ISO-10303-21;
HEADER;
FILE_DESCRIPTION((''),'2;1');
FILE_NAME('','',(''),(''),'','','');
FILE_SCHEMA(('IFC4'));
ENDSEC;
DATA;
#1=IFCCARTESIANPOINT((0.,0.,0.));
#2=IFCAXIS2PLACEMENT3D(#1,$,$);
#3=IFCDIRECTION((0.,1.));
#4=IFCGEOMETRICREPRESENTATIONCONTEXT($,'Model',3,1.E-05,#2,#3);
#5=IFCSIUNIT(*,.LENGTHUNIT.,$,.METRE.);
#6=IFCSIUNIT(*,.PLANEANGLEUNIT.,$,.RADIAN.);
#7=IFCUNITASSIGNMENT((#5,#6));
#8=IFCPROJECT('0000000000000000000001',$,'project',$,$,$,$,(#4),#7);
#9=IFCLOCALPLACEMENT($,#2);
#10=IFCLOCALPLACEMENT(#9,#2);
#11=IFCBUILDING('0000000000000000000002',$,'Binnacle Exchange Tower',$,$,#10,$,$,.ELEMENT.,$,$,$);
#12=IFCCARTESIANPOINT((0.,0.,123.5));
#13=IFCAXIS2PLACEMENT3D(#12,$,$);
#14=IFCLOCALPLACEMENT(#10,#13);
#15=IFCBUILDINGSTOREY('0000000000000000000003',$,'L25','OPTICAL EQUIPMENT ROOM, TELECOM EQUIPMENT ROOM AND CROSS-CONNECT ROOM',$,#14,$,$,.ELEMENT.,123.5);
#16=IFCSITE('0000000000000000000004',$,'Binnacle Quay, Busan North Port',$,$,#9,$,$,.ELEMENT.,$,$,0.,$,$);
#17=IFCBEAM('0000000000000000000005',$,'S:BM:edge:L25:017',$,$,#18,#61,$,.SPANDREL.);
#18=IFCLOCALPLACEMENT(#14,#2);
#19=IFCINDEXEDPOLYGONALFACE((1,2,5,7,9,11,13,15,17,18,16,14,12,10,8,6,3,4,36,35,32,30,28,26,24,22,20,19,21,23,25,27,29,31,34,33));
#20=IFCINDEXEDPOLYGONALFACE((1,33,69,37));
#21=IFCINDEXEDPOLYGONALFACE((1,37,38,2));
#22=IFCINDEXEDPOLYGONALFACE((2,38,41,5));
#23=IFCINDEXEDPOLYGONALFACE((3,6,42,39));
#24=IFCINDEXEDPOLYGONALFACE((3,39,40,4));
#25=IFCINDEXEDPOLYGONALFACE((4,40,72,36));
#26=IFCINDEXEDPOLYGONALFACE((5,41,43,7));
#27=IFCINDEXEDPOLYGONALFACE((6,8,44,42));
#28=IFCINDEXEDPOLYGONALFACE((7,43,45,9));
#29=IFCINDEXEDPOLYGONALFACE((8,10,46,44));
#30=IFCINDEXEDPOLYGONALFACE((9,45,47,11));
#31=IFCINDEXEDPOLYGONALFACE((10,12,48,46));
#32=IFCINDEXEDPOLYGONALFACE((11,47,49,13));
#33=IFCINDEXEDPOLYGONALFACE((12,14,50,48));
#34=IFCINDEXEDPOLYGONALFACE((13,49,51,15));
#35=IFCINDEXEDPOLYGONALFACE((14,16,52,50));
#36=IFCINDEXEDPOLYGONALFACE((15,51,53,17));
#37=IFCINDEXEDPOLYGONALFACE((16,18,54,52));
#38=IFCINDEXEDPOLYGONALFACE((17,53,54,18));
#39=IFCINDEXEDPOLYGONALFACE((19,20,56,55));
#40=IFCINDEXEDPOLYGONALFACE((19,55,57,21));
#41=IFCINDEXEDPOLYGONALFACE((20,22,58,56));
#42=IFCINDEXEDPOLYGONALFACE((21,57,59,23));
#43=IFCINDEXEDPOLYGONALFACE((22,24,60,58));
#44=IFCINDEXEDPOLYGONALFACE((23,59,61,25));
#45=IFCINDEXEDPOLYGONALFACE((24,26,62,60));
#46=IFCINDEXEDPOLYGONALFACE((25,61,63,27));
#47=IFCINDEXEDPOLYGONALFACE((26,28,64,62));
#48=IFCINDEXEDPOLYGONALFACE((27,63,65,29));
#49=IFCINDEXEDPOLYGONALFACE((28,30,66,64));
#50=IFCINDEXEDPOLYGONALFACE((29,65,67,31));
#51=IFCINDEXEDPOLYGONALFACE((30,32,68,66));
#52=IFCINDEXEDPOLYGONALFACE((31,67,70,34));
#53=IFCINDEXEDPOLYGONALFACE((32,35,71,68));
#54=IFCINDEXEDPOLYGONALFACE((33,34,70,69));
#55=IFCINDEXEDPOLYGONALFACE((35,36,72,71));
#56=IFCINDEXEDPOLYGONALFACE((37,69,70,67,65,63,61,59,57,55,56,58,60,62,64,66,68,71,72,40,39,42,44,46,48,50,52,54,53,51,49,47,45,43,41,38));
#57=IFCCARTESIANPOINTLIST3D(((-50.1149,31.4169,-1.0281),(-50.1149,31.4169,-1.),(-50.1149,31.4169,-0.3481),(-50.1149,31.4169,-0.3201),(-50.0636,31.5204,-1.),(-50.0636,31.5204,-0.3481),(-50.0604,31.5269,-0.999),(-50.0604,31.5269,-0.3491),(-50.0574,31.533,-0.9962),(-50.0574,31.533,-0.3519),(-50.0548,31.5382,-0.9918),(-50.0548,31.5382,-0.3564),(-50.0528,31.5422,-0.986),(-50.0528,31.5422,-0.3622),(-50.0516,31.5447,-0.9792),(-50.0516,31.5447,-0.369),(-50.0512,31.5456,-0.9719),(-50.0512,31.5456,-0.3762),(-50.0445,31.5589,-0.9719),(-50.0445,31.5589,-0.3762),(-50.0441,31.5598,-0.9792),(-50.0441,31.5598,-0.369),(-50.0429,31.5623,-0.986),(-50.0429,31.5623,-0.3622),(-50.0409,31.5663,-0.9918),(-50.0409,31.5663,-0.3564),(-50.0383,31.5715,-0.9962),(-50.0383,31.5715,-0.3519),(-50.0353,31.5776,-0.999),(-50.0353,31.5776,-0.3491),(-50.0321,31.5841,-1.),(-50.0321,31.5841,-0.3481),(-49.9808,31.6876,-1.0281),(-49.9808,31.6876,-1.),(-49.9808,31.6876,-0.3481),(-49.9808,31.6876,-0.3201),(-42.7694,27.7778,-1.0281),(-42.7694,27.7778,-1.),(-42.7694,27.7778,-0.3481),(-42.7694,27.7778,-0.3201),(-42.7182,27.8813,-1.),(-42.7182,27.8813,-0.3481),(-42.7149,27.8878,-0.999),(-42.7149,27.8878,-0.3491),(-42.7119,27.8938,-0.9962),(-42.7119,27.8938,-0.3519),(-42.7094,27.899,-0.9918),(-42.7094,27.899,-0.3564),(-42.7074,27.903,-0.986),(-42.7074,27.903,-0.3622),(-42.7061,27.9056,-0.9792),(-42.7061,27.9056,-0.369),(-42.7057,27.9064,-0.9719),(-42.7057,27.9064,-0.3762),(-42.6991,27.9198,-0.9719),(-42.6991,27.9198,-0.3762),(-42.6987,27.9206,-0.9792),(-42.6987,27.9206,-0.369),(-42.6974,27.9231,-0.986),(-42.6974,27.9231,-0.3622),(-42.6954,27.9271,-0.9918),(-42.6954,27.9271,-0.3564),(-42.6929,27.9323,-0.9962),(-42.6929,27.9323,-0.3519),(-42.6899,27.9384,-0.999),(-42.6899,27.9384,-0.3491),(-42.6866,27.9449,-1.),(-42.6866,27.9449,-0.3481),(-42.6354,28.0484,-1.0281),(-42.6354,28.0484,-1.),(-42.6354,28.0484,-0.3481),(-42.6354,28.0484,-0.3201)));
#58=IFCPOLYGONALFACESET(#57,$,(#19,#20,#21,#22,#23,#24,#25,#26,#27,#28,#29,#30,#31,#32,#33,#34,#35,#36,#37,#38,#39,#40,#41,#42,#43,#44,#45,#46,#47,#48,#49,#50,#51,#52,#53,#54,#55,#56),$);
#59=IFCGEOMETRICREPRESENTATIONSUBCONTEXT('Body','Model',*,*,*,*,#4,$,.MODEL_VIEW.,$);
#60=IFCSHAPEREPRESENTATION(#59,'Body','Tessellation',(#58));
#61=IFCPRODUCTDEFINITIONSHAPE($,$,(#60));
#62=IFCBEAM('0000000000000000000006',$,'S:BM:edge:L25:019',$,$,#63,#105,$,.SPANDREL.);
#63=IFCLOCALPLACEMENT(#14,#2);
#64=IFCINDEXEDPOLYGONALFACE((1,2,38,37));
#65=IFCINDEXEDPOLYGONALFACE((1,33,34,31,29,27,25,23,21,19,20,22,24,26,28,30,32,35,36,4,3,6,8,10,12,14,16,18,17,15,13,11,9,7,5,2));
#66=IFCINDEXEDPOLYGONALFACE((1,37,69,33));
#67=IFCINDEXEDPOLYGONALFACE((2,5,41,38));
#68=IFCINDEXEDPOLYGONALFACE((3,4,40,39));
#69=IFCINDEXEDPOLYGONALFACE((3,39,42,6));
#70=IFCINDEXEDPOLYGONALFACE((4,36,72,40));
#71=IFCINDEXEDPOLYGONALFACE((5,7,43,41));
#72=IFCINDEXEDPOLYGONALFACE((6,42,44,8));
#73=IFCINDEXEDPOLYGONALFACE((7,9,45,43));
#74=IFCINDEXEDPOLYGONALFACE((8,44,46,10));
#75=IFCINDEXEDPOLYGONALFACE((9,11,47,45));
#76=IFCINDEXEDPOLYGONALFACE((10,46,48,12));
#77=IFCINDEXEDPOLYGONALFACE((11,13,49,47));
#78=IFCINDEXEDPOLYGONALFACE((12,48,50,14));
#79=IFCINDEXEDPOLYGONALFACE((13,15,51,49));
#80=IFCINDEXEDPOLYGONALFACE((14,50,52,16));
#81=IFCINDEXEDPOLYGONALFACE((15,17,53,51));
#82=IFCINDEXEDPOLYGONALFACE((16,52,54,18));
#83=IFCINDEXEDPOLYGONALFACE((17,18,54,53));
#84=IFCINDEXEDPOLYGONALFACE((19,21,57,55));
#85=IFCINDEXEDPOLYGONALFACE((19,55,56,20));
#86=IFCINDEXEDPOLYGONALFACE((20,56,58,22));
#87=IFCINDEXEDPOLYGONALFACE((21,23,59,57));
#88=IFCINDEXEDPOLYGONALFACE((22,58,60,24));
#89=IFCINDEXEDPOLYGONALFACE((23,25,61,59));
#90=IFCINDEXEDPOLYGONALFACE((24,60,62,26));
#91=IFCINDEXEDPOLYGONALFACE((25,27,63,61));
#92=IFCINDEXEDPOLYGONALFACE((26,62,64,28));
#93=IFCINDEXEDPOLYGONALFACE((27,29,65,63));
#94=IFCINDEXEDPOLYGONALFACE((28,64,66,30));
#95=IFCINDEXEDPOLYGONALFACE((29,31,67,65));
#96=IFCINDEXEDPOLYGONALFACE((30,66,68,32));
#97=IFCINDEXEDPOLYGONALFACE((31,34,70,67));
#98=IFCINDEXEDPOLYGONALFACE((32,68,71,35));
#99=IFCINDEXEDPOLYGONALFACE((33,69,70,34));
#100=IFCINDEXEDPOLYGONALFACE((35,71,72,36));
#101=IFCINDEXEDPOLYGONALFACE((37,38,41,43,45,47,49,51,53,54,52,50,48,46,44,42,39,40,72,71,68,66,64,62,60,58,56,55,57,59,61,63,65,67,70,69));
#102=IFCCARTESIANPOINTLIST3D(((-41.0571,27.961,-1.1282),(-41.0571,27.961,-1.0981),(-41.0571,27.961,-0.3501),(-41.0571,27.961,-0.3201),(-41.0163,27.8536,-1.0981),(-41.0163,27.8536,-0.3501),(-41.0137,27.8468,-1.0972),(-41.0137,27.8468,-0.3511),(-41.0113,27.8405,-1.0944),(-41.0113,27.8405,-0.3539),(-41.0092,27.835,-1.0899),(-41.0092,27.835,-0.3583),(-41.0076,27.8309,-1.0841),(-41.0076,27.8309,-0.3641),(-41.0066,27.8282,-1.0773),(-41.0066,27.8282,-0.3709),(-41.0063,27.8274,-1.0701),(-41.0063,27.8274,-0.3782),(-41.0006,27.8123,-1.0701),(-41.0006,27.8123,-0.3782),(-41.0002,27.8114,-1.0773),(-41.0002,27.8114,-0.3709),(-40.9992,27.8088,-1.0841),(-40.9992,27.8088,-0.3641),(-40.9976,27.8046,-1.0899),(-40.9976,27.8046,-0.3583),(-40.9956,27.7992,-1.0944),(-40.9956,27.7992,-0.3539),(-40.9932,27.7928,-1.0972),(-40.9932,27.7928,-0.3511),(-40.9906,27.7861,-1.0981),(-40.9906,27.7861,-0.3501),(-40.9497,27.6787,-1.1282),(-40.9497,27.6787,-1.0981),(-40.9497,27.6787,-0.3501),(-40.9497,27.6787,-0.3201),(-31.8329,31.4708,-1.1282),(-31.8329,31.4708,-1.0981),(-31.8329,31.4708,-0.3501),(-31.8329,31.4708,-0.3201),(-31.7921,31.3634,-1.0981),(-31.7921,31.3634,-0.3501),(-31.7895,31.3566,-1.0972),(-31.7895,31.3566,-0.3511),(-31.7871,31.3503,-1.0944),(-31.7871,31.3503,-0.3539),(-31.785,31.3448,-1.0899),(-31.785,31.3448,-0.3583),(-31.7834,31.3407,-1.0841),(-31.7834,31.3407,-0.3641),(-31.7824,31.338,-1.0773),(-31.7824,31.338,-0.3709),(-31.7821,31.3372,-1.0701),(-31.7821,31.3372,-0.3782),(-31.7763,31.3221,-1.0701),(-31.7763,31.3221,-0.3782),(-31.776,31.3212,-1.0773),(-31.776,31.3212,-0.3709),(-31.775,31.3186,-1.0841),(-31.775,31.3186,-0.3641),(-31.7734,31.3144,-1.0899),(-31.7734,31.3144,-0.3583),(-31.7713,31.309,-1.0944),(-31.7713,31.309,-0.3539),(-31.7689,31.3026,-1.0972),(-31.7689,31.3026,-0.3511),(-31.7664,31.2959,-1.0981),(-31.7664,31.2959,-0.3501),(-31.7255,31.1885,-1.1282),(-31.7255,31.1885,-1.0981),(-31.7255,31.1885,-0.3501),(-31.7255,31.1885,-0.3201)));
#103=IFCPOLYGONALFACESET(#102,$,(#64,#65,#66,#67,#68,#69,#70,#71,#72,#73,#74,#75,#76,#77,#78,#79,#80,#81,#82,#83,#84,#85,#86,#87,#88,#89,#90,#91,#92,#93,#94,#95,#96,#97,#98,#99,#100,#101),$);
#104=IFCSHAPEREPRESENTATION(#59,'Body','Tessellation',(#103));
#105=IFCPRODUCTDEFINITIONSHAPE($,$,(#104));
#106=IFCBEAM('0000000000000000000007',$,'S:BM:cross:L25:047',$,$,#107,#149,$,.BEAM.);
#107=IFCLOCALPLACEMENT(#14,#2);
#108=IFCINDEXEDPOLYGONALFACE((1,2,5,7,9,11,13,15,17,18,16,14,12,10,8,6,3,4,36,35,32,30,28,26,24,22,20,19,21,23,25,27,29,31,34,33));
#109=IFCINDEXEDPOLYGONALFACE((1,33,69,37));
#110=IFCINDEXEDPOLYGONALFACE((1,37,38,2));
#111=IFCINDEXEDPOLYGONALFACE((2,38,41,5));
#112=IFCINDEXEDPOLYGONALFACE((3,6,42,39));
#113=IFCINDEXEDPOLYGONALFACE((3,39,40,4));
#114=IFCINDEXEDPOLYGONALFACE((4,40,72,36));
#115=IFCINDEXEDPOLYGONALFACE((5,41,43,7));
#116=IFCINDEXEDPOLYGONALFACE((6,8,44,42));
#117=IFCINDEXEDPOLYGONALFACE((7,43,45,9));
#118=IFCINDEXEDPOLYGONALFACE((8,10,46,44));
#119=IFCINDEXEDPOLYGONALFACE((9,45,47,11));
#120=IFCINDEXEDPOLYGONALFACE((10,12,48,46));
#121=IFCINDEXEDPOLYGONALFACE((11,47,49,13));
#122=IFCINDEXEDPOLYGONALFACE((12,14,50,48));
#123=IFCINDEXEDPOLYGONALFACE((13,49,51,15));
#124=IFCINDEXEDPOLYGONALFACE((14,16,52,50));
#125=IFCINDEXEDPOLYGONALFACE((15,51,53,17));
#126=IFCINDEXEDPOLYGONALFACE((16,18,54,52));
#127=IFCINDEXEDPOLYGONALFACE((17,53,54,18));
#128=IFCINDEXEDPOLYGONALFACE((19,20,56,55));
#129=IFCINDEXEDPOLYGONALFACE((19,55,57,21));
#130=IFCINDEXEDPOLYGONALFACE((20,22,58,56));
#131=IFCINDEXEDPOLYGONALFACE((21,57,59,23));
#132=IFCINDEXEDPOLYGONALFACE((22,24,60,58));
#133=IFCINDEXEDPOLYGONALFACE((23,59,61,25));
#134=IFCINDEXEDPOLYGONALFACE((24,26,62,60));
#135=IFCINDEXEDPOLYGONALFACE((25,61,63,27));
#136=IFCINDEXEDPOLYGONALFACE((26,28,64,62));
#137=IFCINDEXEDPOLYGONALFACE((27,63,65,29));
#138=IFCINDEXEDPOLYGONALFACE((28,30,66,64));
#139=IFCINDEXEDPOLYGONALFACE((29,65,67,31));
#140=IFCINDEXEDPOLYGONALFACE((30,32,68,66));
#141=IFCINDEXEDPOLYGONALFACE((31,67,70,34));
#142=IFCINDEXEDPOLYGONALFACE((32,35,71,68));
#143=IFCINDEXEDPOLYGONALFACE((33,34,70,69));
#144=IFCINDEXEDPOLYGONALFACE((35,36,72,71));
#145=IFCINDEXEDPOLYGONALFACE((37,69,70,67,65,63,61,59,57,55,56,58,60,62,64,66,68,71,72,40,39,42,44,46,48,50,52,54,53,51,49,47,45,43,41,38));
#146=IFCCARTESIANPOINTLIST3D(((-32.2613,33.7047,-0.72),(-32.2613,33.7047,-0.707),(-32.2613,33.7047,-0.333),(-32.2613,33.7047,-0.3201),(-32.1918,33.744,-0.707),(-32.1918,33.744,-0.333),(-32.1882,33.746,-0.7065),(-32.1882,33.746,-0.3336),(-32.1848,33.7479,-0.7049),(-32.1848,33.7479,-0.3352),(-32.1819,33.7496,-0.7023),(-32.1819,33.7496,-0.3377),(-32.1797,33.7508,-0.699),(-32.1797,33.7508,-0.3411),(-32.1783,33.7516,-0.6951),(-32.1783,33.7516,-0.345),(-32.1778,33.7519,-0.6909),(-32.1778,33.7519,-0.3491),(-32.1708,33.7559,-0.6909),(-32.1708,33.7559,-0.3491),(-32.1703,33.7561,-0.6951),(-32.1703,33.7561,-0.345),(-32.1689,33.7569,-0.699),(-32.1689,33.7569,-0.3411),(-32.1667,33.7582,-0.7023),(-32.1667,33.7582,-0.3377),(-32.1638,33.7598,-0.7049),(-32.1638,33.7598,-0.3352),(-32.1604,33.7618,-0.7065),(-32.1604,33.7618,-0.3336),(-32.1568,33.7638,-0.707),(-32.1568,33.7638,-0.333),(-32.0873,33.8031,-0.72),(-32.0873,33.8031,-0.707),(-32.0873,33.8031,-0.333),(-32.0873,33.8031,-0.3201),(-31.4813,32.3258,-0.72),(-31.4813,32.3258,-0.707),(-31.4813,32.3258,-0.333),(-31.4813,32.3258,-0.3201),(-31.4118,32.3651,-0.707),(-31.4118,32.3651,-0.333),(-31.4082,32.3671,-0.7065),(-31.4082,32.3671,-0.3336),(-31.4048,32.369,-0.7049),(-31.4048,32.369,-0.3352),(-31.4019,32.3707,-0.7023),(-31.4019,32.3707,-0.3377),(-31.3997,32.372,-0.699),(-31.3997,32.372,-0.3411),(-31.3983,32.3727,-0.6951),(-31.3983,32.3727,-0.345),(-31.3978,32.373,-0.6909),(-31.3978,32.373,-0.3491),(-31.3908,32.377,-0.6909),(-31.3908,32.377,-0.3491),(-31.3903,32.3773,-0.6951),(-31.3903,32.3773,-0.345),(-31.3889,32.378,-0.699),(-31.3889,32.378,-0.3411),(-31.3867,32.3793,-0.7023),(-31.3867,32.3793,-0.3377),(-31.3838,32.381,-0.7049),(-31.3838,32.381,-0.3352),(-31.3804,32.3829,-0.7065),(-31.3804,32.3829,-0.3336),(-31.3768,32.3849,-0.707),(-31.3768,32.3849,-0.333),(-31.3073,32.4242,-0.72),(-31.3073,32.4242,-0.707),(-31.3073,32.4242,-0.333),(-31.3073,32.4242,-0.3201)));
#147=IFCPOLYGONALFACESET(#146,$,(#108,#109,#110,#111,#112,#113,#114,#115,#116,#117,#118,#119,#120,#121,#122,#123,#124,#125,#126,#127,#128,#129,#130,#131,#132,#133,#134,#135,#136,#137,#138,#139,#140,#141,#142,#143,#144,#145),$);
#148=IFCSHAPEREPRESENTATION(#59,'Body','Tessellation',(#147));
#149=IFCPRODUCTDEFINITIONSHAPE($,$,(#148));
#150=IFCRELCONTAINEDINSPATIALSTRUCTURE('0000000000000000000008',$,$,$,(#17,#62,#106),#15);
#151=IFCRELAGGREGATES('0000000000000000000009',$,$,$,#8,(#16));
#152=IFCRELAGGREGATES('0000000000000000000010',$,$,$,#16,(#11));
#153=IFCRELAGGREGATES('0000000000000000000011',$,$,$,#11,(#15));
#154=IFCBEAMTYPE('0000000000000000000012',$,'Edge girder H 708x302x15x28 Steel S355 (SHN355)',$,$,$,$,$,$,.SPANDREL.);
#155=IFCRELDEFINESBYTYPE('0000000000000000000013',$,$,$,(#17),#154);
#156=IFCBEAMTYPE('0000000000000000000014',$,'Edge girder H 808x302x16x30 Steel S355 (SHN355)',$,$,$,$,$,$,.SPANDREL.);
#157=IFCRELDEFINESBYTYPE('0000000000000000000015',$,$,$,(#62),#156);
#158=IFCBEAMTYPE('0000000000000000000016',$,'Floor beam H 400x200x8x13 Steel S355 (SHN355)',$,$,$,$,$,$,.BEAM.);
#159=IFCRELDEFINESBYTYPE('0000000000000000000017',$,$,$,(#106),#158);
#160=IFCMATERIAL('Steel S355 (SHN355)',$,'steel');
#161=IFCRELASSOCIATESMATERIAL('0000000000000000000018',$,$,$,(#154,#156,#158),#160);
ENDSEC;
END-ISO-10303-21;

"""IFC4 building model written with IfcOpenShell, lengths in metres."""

from ifc_helpers import new_model, si_unit, direction, frame, origin, origin_2d, place, context, subcontext, project, spatial, i_section, extrude, material, material_profile, profile_set, type_object, element, save


model = new_model("IFC4")

# Units and contexts
model_context = context("Model", 3, precision=1e-05, world=origin(), true_north=direction((0.0, 1.0)))
body_context = subcontext(model_context, "Body", "Model", "MODEL_VIEW")
ifc_project = project(units=[si_unit("LENGTHUNIT", "METRE"), si_unit("PLANEANGLEUNIT", "RADIAN")], contexts=[model_context])

# Site, building, storey
site_placement = place(None, origin())
site = spatial("IfcSite", under=ifc_project, at=site_placement, Name="Binnacle Quay, Busan North Port", CompositionType="ELEMENT", RefElevation=0.0)
building_placement = place(site_placement, origin())
building = spatial("IfcBuilding", under=site, at=building_placement, Name="Binnacle Exchange Tower", CompositionType="ELEMENT")
storey_placement = place(building_placement, frame((0.0, 0.0, 123.5)))
storey = spatial("IfcBuildingStorey", under=building, at=storey_placement, Name="L25", Description="OPTICAL EQUIPMENT ROOM, TELECOM EQUIPMENT ROOM AND CROSS-CONNECT ROOM", CompositionType="ELEMENT", Elevation=123.5)

# Beams
ifc_material_1 = material(Name="Steel S355 (SHN355)", Category="steel")
ifc_material_profile_1 = material_profile(ifc_material_1, i_section(OverallWidth=0.302, OverallDepth=0.708, WebThickness=0.0149, FlangeThickness=0.0281, FilletRadius=0.0281, at=origin_2d()), Name="H 708x302x15x28")
ifc_profile_set_1 = profile_set([ifc_material_profile_1], Name="Steel S355 (SHN355)")
beam_type_1 = type_object("IfcBeamType", Name="Edge girder H 708x302x15x28 Steel S355 (SHN355)", PredefinedType="SPANDREL", material=ifc_profile_set_1)
beam_1_placement = place(storey_placement, frame((-50.0479, 31.5522, -0.6741), z_axis=(0.896059, -0.443935, 0.0), x_axis=(0.443935, 0.896059, 0.0)))
element("IfcBeam", 1, at=beam_1_placement, inside=storey, type_object=beam_type_1, Name="S:BM:edge:L25:017", PredefinedType="SPANDREL", context=body_context, shape_type="SweptSolid", body=[
    extrude(i_section(OverallWidth=0.302, OverallDepth=0.708, WebThickness=0.0149, FlangeThickness=0.0281, FilletRadius=0.0281, at=origin_2d()), origin(), (0.0, 0.0, 1.0), 8.1975),
])
ifc_material_profile_2 = material_profile(ifc_material_1, i_section(OverallWidth=0.302, OverallDepth=0.8081, WebThickness=0.0161, FlangeThickness=0.03, FilletRadius=0.0281, at=origin_2d()), Name="H 808x302x16x30")
ifc_profile_set_2 = profile_set([ifc_material_profile_2], Name="Steel S355 (SHN355)")
beam_type_2 = type_object("IfcBeamType", Name="Edge girder H 808x302x16x30 Steel S355 (SHN355)", PredefinedType="SPANDREL", material=ifc_profile_set_2)
beam_2_placement = place(storey_placement, frame((-41.0034, 27.8198, -0.7241), z_axis=(0.934629, 0.355625, 0.0), x_axis=(-0.355625, 0.934629, 0.0)))
element("IfcBeam", 2, at=beam_2_placement, inside=storey, type_object=beam_type_2, Name="S:BM:edge:L25:019", PredefinedType="SPANDREL", context=body_context, shape_type="SweptSolid", body=[
    extrude(i_section(OverallWidth=0.302, OverallDepth=0.8081, WebThickness=0.0161, FlangeThickness=0.03, FilletRadius=0.0281, at=origin_2d()), origin(), (0.0, 0.0, 1.0), 9.8694),
])
ifc_material_profile_3 = material_profile(ifc_material_1, i_section(OverallWidth=0.2, OverallDepth=0.3999, WebThickness=0.0081, FlangeThickness=0.0129, FilletRadius=0.0161, at=origin_2d()), Name="H 400x200x8x13")
ifc_profile_set_3 = profile_set([ifc_material_profile_3], Name="Steel S355 (SHN355)")
beam_type_3 = type_object("IfcBeamType", Name="Floor beam H 400x200x8x13 Steel S355 (SHN355)", PredefinedType="BEAM", material=ifc_profile_set_3)
beam_3_placement = place(storey_placement, frame((-31.3943, 32.375, -0.52), z_axis=(-0.492367, 0.870388, 0.0), x_axis=(-0.870388, -0.492367, 0.0)))
element("IfcBeam", 3, at=beam_3_placement, inside=storey, type_object=beam_type_3, Name="S:BM:cross:L25:047", PredefinedType="BEAM", context=body_context, shape_type="SweptSolid", body=[
    extrude(i_section(OverallWidth=0.2, OverallDepth=0.3999, WebThickness=0.0081, FlangeThickness=0.0129, FilletRadius=0.0161, at=origin_2d()), origin(), (0.0, 0.0, 1.0), 1.5842),
])

save(model, "model.ifc")
